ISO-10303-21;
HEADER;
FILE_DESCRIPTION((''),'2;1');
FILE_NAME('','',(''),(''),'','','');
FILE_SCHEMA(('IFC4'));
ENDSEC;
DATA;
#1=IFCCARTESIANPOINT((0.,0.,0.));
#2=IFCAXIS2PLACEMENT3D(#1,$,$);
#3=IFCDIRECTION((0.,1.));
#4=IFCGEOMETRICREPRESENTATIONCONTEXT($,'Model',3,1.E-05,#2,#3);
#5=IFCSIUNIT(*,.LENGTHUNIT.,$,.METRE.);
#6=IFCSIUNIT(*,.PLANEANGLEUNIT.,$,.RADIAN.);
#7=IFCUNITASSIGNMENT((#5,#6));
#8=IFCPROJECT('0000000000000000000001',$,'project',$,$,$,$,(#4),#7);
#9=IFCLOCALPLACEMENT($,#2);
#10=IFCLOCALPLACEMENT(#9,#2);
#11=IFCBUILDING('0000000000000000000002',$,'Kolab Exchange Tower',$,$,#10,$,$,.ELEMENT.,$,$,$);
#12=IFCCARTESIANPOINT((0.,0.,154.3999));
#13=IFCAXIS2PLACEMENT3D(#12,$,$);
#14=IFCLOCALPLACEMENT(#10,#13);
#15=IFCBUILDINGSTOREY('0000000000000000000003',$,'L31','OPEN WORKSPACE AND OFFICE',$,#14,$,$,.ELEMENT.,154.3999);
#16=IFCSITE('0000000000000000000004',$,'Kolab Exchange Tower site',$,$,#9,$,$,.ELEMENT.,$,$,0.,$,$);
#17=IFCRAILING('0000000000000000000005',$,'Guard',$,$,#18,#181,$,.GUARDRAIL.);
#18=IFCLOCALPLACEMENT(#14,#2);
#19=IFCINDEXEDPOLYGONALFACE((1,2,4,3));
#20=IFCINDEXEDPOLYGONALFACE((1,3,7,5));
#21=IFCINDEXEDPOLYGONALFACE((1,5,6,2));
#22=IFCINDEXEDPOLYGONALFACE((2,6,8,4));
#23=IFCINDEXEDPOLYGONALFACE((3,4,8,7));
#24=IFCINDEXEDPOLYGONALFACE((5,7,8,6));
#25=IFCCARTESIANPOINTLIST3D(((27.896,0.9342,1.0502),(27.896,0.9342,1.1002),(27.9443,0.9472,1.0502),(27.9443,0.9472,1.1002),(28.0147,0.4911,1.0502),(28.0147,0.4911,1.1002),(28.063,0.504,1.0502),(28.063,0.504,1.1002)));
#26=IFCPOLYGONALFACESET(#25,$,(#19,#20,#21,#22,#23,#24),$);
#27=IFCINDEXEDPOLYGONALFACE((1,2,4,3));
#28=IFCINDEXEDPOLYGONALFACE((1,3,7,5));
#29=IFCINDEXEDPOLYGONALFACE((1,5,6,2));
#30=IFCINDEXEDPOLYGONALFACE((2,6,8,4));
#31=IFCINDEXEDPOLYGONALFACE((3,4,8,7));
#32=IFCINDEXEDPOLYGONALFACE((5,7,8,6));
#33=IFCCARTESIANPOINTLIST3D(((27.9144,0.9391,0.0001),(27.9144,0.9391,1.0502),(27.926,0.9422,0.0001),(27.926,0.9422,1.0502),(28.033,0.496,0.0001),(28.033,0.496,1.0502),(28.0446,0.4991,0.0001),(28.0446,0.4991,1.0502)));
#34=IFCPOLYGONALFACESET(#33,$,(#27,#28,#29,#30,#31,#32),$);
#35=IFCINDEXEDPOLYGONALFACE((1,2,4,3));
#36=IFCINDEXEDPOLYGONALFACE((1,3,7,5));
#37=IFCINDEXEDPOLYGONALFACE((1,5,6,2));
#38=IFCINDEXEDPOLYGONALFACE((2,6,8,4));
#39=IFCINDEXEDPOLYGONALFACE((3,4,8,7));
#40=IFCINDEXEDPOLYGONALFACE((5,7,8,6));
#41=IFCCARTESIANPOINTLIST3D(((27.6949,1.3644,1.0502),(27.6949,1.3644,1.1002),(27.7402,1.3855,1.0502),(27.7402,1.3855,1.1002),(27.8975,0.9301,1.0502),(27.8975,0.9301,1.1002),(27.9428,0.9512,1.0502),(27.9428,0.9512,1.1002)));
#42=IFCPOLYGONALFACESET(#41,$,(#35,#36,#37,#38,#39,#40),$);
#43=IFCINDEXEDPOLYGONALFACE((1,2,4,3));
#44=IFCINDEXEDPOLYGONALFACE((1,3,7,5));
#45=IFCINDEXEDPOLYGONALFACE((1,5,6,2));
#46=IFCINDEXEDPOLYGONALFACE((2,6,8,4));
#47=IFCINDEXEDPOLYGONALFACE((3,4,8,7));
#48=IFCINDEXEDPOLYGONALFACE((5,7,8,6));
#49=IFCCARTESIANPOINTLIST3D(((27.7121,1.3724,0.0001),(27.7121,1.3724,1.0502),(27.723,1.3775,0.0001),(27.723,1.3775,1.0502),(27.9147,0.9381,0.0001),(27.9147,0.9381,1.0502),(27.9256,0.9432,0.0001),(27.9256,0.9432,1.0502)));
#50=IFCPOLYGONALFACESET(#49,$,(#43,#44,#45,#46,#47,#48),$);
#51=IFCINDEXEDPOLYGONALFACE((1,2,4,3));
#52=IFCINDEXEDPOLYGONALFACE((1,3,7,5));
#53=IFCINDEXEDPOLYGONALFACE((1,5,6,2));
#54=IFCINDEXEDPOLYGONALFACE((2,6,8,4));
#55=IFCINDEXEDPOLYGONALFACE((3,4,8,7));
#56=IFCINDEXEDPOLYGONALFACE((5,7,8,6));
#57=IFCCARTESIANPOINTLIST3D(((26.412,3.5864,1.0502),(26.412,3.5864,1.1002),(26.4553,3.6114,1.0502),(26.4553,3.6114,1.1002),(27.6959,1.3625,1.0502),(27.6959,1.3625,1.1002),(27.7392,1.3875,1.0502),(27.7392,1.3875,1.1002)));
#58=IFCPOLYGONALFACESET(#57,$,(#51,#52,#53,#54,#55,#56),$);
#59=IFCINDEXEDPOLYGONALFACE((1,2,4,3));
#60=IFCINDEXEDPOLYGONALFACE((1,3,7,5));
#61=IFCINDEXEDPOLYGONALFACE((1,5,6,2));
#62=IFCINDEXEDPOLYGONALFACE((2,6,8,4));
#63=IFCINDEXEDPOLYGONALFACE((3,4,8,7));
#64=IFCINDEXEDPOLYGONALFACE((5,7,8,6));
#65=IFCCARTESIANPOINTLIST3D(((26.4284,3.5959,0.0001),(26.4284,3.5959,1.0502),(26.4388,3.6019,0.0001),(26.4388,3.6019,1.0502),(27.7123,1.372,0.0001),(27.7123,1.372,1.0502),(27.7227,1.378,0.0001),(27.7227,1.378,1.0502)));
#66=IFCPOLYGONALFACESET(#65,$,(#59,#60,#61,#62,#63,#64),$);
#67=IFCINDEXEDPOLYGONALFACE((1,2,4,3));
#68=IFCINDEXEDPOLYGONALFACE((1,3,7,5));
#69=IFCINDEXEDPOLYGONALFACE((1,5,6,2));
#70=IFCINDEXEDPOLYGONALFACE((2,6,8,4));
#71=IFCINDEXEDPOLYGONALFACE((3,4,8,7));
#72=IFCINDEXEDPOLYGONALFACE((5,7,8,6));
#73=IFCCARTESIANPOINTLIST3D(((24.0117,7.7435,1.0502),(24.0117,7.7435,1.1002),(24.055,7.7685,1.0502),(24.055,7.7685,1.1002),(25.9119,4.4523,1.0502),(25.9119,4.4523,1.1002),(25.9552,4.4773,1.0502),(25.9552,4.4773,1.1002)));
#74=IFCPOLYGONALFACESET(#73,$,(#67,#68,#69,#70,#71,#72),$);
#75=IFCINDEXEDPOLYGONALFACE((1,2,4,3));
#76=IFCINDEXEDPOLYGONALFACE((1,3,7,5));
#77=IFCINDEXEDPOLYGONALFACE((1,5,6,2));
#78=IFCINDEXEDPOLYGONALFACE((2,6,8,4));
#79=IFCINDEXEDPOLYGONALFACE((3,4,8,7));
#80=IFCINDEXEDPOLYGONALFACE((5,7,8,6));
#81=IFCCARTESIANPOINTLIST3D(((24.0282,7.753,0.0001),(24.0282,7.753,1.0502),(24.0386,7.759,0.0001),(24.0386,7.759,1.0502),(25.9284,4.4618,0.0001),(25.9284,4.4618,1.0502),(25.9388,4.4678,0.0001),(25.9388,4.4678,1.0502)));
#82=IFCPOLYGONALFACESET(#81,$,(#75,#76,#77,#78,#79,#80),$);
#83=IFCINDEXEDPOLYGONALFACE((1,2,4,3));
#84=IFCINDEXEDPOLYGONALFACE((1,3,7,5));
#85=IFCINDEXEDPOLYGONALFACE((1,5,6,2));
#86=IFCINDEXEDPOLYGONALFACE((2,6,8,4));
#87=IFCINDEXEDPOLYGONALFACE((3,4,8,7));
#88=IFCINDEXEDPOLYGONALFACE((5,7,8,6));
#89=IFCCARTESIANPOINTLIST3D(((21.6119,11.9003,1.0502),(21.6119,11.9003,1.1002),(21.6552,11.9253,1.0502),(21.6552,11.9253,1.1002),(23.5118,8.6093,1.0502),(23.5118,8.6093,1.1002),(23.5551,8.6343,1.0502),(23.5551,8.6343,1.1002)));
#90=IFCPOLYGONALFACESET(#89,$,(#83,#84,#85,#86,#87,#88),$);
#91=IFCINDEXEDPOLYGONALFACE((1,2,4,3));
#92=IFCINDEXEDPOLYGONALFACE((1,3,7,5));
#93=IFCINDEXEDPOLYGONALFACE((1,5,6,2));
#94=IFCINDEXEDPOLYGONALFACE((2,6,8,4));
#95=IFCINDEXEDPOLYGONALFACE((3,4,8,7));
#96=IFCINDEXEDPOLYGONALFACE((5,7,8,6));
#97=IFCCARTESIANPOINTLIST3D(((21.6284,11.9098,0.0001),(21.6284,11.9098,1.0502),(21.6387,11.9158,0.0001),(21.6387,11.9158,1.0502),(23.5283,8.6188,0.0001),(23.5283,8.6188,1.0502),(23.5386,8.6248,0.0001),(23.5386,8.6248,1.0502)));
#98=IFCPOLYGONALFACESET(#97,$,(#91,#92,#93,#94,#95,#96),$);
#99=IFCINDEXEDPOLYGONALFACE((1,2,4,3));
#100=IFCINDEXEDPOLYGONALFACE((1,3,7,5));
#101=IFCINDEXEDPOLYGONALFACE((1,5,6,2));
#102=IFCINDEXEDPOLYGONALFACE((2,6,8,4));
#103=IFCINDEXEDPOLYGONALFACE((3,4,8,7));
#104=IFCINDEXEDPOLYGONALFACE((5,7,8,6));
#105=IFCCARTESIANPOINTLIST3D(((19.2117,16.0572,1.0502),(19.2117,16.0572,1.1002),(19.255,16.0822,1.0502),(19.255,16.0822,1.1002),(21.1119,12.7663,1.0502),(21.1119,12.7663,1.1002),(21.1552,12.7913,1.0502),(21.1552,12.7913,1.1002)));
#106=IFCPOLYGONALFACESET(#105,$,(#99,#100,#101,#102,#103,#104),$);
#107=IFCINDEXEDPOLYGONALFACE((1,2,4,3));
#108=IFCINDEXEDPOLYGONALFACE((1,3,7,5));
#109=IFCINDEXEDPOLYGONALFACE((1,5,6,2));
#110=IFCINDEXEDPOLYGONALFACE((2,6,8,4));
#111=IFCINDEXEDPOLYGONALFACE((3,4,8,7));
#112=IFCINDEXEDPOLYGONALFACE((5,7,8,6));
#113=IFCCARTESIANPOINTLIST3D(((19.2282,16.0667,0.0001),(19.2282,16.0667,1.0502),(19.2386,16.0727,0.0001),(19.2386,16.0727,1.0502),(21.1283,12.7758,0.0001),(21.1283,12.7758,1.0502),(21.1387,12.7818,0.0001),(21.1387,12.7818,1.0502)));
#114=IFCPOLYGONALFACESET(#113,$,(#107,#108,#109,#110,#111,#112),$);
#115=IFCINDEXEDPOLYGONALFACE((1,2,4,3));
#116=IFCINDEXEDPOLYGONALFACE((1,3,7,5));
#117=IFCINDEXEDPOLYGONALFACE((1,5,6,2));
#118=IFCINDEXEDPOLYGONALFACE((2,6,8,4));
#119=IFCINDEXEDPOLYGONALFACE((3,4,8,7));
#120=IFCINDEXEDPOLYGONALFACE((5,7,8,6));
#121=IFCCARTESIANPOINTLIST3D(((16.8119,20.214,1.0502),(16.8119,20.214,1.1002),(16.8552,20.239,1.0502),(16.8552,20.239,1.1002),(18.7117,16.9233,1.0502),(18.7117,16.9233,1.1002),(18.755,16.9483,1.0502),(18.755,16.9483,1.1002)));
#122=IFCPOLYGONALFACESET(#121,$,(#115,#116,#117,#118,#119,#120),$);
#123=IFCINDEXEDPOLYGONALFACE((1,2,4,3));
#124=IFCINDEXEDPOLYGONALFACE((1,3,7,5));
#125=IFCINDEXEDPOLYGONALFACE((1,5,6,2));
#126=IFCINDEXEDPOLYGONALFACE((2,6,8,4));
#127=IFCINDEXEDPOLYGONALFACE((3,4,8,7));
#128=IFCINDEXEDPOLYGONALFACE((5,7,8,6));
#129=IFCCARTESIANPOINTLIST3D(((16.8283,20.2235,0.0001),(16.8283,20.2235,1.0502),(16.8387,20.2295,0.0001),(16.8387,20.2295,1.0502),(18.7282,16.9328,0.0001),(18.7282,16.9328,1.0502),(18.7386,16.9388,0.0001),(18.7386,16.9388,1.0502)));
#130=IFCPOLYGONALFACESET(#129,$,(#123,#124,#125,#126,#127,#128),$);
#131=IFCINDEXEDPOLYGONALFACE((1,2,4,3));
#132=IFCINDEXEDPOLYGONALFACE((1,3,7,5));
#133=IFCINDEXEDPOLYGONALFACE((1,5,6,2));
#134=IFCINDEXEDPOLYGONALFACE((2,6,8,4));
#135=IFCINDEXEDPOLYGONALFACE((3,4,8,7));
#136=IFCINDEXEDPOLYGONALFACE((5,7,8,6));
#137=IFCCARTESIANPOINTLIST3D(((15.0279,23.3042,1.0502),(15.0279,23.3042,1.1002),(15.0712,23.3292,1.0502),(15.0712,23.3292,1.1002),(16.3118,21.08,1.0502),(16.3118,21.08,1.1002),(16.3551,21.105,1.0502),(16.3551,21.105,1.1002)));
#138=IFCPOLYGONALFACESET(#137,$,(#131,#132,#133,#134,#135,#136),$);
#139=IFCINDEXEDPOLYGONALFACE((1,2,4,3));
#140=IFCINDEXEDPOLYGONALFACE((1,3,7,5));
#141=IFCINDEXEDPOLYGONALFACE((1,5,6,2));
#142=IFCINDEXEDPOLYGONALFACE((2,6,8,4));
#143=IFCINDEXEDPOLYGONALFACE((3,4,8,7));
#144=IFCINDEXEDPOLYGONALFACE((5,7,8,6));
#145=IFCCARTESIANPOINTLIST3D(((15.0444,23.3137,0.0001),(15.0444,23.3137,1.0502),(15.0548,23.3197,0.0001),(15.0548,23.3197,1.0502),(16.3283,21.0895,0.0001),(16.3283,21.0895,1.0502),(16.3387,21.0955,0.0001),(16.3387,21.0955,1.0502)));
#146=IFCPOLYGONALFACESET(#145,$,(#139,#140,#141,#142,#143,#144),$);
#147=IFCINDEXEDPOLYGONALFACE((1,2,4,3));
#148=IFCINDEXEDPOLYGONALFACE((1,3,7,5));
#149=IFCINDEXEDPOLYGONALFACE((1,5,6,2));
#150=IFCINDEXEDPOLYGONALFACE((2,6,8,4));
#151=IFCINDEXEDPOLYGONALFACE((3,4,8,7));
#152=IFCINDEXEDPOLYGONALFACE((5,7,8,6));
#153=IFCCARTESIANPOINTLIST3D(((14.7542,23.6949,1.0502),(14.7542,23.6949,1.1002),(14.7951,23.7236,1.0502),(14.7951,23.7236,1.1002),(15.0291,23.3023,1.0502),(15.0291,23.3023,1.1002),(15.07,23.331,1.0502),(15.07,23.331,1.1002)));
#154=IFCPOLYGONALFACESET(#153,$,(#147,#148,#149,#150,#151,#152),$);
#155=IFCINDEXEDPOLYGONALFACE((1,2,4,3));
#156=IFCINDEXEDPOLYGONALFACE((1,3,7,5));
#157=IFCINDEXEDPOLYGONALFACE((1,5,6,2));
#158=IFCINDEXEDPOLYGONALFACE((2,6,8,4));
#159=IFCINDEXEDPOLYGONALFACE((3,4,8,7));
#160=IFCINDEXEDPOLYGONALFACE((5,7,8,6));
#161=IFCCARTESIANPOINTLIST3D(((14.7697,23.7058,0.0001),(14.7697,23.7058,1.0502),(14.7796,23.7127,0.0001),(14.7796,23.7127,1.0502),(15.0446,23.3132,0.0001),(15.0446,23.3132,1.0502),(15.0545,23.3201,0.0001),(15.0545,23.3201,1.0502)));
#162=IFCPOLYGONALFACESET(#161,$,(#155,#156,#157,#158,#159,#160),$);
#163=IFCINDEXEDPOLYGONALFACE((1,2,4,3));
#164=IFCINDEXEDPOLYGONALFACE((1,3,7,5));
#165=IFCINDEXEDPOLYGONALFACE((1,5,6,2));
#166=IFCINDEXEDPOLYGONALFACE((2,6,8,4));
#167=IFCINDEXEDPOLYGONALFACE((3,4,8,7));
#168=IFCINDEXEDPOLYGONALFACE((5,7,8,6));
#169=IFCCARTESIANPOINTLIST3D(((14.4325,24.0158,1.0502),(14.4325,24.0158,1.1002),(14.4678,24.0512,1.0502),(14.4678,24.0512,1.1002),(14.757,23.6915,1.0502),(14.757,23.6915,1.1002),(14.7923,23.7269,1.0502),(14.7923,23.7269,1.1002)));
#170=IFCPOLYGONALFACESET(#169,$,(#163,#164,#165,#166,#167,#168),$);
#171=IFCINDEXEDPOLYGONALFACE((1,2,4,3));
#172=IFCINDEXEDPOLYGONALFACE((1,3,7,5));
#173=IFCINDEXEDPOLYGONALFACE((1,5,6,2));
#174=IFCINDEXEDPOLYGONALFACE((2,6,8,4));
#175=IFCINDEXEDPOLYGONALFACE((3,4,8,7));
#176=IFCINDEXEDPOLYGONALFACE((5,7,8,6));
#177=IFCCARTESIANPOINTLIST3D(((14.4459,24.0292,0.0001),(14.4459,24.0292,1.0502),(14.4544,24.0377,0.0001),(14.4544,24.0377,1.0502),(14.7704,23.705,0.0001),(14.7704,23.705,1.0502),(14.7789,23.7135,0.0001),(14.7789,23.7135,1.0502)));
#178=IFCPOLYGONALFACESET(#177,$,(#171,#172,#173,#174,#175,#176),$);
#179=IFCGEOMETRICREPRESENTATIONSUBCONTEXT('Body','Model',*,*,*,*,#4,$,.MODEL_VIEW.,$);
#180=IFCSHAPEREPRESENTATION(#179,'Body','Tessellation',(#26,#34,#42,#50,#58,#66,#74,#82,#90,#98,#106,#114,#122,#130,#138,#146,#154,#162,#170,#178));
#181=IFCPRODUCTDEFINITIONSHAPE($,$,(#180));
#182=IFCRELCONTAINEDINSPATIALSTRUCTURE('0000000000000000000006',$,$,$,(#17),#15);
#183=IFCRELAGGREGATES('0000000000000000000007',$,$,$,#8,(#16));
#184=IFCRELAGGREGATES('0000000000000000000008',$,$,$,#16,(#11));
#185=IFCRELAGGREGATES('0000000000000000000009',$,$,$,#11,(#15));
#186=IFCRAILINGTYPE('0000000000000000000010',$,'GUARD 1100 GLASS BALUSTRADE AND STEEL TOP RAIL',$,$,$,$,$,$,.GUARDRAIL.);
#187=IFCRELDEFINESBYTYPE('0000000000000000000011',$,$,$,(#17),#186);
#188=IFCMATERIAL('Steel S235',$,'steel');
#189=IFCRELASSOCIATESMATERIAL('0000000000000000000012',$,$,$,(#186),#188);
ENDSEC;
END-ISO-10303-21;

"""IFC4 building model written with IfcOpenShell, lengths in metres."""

from ifc_helpers import new_model, si_unit, direction, frame, frame_2d, origin, origin_2d, place, context, subcontext, project, spatial, rectangle, extrude, material, type_object, element, save


model = new_model("IFC4")

# Units and contexts
model_context = context("Model", 3, precision=1e-05, world=origin(), true_north=direction((0.0, 1.0)))
body_context = subcontext(model_context, "Body", "Model", "MODEL_VIEW")
ifc_project = project(units=[si_unit("LENGTHUNIT", "METRE"), si_unit("PLANEANGLEUNIT", "RADIAN")], contexts=[model_context])

# Site, building, storey
site_placement = place(None, origin())
site = spatial("IfcSite", under=ifc_project, at=site_placement, Name="Kolab Exchange Tower site", CompositionType="ELEMENT", RefElevation=0.0)
building_placement = place(site_placement, origin())
building = spatial("IfcBuilding", under=site, at=building_placement, Name="Kolab Exchange Tower", CompositionType="ELEMENT")
storey_placement = place(building_placement, frame((0.0, 0.0, 154.3999)))
storey = spatial("IfcBuildingStorey", under=building, at=storey_placement, Name="L31", Description="OPEN WORKSPACE AND OFFICE", CompositionType="ELEMENT", Elevation=154.3999)

# Railing
ifc_material_1 = material(Name="Steel S235", Category="steel")
railing_type = type_object("IfcRailingType", Name="GUARD 1100 GLASS BALUSTRADE AND STEEL TOP RAIL", PredefinedType="GUARDRAIL", material=ifc_material_1)
railing_placement = place(storey_placement, frame((28.0388, 0.4976, 0.0)))
element("IfcRailing", 1, at=railing_placement, inside=storey, type_object=railing_type, Name="Guard", PredefinedType="GUARDRAIL", context=body_context, shape_type="SweptSolid", body=[
    extrude(rectangle(XDim=0.05, YDim=0.05, at=origin_2d()), frame((0.0, 0.0, 1.0752), z_axis=(-0.258656, 0.965969, 0.0), x_axis=(-0.965969, -0.258656, 0.0)), (0.0, 0.0, 1.0), 0.4587),
    extrude(rectangle(XDim=0.012, YDim=1.0501, at=frame_2d((0.0, 0.5251))), frame((0.0, 0.0, 0.0), z_axis=(-0.258656, 0.965969, 0.0), x_axis=(-0.965969, -0.258656, 0.0)), (0.0, 0.0, 1.0), 0.4587),
    extrude(rectangle(XDim=0.05, YDim=0.05, at=origin_2d()), frame((-0.1187, 0.4431, 1.0752), z_axis=(-0.422802, 0.906222, 0.0), x_axis=(-0.906222, -0.422802, 0.0)), (0.0, 0.0, 1.0), 0.4792),
    extrude(rectangle(XDim=0.012, YDim=1.0501, at=frame_2d((0.0, 0.5251))), frame((-0.1187, 0.4431, 0.0), z_axis=(-0.422802, 0.906222, 0.0), x_axis=(-0.906222, -0.422802, 0.0)), (0.0, 0.0, 1.0), 0.4792),
    extrude(rectangle(XDim=0.05, YDim=0.05, at=origin_2d()), frame((-0.3213, 0.8774, 1.0752), z_axis=(-0.499994, 0.866029, 0.0), x_axis=(-0.866029, -0.499994, 0.0)), (0.0, 0.0, 1.0), 2.5679),
    extrude(rectangle(XDim=0.012, YDim=1.0501, at=frame_2d((0.0, 0.5251))), frame((-0.3213, 0.8774, 0.0), z_axis=(-0.499994, 0.866029, 0.0), x_axis=(-0.866029, -0.499994, 0.0)), (0.0, 0.0, 1.0), 2.5679),
    extrude(rectangle(XDim=0.05, YDim=0.05, at=origin_2d()), frame((-2.1052, 3.9673, 1.0752), z_axis=(-0.500015, 0.866017, 0.0), x_axis=(-0.866017, -0.500015, 0.0)), (0.0, 0.0, 1.0), 3.8003),
    extrude(rectangle(XDim=0.012, YDim=1.0501, at=frame_2d((0.0, 0.5251))), frame((-2.1052, 3.9673, 0.0), z_axis=(-0.500015, 0.866017, 0.0), x_axis=(-0.866017, -0.500015, 0.0)), (0.0, 0.0, 1.0), 3.8003),
    extrude(rectangle(XDim=0.05, YDim=0.05, at=origin_2d()), frame((-4.5054, 8.1243, 1.0752), z_axis=(-0.499967, 0.866044, 0.0), x_axis=(-0.866044, -0.499967, 0.0)), (0.0, 0.0, 1.0), 3.8),
    extrude(rectangle(XDim=0.012, YDim=1.0501, at=frame_2d((0.0, 0.5251))), frame((-4.5054, 8.1243, 0.0), z_axis=(-0.499967, 0.866044, 0.0), x_axis=(-0.866044, -0.499967, 0.0)), (0.0, 0.0, 1.0), 3.8),
    extrude(rectangle(XDim=0.05, YDim=0.05, at=origin_2d()), frame((-6.9053, 12.2812, 1.0752), z_axis=(-0.500043, 0.866, 0.0), x_axis=(-0.866, -0.500043, 0.0)), (0.0, 0.0, 1.0), 3.8),
    extrude(rectangle(XDim=0.012, YDim=1.0501, at=frame_2d((0.0, 0.5251))), frame((-6.9053, 12.2812, 0.0), z_axis=(-0.500043, 0.866, 0.0), x_axis=(-0.866, -0.500043, 0.0)), (0.0, 0.0, 1.0), 3.8),
    extrude(rectangle(XDim=0.05, YDim=0.05, at=origin_2d()), frame((-9.3054, 16.4382, 1.0752), z_axis=(-0.499995, 0.866028, 0.0), x_axis=(-0.866028, -0.499995, 0.0)), (0.0, 0.0, 1.0), 3.7998),
    extrude(rectangle(XDim=0.012, YDim=1.0501, at=frame_2d((0.0, 0.5251))), frame((-9.3054, 16.4382, 0.0), z_axis=(-0.499995, 0.866028, 0.0), x_axis=(-0.866028, -0.499995, 0.0)), (0.0, 0.0, 1.0), 3.7998),
    extrude(rectangle(XDim=0.05, YDim=0.05, at=origin_2d()), frame((-11.7053, 20.595, 1.0752), z_axis=(-0.499953, 0.866053, 0.0), x_axis=(-0.866053, -0.499953, 0.0)), (0.0, 0.0, 1.0), 2.5681),
    extrude(rectangle(XDim=0.012, YDim=1.0501, at=frame_2d((0.0, 0.5251))), frame((-11.7053, 20.595, 0.0), z_axis=(-0.499953, 0.866053, 0.0), x_axis=(-0.866053, -0.499953, 0.0)), (0.0, 0.0, 1.0), 2.5681),
    extrude(rectangle(XDim=0.05, YDim=0.05, at=origin_2d()), frame((-12.9893, 22.8191, 1.0752), z_axis=(-0.573599, 0.819136, 0.0), x_axis=(-0.819136, -0.573599, 0.0)), (0.0, 0.0, 1.0), 0.4792),
    extrude(rectangle(XDim=0.012, YDim=1.0501, at=frame_2d((0.0, 0.5251))), frame((-12.9893, 22.8191, 0.0), z_axis=(-0.573599, 0.819136, 0.0), x_axis=(-0.819136, -0.573599, 0.0)), (0.0, 0.0, 1.0), 0.4792),
    extrude(rectangle(XDim=0.05, YDim=0.05, at=origin_2d()), frame((-13.2642, 23.2117, 1.0752), z_axis=(-0.707373, 0.706841, 0.0), x_axis=(-0.706841, -0.707373, 0.0)), (0.0, 0.0, 1.0), 0.4587),
    extrude(rectangle(XDim=0.012, YDim=1.0501, at=frame_2d((0.0, 0.5251))), frame((-13.2642, 23.2117, 0.0), z_axis=(-0.707373, 0.706841, 0.0), x_axis=(-0.706841, -0.707373, 0.0)), (0.0, 0.0, 1.0), 0.4587),
])

save(model, "model.ifc")
